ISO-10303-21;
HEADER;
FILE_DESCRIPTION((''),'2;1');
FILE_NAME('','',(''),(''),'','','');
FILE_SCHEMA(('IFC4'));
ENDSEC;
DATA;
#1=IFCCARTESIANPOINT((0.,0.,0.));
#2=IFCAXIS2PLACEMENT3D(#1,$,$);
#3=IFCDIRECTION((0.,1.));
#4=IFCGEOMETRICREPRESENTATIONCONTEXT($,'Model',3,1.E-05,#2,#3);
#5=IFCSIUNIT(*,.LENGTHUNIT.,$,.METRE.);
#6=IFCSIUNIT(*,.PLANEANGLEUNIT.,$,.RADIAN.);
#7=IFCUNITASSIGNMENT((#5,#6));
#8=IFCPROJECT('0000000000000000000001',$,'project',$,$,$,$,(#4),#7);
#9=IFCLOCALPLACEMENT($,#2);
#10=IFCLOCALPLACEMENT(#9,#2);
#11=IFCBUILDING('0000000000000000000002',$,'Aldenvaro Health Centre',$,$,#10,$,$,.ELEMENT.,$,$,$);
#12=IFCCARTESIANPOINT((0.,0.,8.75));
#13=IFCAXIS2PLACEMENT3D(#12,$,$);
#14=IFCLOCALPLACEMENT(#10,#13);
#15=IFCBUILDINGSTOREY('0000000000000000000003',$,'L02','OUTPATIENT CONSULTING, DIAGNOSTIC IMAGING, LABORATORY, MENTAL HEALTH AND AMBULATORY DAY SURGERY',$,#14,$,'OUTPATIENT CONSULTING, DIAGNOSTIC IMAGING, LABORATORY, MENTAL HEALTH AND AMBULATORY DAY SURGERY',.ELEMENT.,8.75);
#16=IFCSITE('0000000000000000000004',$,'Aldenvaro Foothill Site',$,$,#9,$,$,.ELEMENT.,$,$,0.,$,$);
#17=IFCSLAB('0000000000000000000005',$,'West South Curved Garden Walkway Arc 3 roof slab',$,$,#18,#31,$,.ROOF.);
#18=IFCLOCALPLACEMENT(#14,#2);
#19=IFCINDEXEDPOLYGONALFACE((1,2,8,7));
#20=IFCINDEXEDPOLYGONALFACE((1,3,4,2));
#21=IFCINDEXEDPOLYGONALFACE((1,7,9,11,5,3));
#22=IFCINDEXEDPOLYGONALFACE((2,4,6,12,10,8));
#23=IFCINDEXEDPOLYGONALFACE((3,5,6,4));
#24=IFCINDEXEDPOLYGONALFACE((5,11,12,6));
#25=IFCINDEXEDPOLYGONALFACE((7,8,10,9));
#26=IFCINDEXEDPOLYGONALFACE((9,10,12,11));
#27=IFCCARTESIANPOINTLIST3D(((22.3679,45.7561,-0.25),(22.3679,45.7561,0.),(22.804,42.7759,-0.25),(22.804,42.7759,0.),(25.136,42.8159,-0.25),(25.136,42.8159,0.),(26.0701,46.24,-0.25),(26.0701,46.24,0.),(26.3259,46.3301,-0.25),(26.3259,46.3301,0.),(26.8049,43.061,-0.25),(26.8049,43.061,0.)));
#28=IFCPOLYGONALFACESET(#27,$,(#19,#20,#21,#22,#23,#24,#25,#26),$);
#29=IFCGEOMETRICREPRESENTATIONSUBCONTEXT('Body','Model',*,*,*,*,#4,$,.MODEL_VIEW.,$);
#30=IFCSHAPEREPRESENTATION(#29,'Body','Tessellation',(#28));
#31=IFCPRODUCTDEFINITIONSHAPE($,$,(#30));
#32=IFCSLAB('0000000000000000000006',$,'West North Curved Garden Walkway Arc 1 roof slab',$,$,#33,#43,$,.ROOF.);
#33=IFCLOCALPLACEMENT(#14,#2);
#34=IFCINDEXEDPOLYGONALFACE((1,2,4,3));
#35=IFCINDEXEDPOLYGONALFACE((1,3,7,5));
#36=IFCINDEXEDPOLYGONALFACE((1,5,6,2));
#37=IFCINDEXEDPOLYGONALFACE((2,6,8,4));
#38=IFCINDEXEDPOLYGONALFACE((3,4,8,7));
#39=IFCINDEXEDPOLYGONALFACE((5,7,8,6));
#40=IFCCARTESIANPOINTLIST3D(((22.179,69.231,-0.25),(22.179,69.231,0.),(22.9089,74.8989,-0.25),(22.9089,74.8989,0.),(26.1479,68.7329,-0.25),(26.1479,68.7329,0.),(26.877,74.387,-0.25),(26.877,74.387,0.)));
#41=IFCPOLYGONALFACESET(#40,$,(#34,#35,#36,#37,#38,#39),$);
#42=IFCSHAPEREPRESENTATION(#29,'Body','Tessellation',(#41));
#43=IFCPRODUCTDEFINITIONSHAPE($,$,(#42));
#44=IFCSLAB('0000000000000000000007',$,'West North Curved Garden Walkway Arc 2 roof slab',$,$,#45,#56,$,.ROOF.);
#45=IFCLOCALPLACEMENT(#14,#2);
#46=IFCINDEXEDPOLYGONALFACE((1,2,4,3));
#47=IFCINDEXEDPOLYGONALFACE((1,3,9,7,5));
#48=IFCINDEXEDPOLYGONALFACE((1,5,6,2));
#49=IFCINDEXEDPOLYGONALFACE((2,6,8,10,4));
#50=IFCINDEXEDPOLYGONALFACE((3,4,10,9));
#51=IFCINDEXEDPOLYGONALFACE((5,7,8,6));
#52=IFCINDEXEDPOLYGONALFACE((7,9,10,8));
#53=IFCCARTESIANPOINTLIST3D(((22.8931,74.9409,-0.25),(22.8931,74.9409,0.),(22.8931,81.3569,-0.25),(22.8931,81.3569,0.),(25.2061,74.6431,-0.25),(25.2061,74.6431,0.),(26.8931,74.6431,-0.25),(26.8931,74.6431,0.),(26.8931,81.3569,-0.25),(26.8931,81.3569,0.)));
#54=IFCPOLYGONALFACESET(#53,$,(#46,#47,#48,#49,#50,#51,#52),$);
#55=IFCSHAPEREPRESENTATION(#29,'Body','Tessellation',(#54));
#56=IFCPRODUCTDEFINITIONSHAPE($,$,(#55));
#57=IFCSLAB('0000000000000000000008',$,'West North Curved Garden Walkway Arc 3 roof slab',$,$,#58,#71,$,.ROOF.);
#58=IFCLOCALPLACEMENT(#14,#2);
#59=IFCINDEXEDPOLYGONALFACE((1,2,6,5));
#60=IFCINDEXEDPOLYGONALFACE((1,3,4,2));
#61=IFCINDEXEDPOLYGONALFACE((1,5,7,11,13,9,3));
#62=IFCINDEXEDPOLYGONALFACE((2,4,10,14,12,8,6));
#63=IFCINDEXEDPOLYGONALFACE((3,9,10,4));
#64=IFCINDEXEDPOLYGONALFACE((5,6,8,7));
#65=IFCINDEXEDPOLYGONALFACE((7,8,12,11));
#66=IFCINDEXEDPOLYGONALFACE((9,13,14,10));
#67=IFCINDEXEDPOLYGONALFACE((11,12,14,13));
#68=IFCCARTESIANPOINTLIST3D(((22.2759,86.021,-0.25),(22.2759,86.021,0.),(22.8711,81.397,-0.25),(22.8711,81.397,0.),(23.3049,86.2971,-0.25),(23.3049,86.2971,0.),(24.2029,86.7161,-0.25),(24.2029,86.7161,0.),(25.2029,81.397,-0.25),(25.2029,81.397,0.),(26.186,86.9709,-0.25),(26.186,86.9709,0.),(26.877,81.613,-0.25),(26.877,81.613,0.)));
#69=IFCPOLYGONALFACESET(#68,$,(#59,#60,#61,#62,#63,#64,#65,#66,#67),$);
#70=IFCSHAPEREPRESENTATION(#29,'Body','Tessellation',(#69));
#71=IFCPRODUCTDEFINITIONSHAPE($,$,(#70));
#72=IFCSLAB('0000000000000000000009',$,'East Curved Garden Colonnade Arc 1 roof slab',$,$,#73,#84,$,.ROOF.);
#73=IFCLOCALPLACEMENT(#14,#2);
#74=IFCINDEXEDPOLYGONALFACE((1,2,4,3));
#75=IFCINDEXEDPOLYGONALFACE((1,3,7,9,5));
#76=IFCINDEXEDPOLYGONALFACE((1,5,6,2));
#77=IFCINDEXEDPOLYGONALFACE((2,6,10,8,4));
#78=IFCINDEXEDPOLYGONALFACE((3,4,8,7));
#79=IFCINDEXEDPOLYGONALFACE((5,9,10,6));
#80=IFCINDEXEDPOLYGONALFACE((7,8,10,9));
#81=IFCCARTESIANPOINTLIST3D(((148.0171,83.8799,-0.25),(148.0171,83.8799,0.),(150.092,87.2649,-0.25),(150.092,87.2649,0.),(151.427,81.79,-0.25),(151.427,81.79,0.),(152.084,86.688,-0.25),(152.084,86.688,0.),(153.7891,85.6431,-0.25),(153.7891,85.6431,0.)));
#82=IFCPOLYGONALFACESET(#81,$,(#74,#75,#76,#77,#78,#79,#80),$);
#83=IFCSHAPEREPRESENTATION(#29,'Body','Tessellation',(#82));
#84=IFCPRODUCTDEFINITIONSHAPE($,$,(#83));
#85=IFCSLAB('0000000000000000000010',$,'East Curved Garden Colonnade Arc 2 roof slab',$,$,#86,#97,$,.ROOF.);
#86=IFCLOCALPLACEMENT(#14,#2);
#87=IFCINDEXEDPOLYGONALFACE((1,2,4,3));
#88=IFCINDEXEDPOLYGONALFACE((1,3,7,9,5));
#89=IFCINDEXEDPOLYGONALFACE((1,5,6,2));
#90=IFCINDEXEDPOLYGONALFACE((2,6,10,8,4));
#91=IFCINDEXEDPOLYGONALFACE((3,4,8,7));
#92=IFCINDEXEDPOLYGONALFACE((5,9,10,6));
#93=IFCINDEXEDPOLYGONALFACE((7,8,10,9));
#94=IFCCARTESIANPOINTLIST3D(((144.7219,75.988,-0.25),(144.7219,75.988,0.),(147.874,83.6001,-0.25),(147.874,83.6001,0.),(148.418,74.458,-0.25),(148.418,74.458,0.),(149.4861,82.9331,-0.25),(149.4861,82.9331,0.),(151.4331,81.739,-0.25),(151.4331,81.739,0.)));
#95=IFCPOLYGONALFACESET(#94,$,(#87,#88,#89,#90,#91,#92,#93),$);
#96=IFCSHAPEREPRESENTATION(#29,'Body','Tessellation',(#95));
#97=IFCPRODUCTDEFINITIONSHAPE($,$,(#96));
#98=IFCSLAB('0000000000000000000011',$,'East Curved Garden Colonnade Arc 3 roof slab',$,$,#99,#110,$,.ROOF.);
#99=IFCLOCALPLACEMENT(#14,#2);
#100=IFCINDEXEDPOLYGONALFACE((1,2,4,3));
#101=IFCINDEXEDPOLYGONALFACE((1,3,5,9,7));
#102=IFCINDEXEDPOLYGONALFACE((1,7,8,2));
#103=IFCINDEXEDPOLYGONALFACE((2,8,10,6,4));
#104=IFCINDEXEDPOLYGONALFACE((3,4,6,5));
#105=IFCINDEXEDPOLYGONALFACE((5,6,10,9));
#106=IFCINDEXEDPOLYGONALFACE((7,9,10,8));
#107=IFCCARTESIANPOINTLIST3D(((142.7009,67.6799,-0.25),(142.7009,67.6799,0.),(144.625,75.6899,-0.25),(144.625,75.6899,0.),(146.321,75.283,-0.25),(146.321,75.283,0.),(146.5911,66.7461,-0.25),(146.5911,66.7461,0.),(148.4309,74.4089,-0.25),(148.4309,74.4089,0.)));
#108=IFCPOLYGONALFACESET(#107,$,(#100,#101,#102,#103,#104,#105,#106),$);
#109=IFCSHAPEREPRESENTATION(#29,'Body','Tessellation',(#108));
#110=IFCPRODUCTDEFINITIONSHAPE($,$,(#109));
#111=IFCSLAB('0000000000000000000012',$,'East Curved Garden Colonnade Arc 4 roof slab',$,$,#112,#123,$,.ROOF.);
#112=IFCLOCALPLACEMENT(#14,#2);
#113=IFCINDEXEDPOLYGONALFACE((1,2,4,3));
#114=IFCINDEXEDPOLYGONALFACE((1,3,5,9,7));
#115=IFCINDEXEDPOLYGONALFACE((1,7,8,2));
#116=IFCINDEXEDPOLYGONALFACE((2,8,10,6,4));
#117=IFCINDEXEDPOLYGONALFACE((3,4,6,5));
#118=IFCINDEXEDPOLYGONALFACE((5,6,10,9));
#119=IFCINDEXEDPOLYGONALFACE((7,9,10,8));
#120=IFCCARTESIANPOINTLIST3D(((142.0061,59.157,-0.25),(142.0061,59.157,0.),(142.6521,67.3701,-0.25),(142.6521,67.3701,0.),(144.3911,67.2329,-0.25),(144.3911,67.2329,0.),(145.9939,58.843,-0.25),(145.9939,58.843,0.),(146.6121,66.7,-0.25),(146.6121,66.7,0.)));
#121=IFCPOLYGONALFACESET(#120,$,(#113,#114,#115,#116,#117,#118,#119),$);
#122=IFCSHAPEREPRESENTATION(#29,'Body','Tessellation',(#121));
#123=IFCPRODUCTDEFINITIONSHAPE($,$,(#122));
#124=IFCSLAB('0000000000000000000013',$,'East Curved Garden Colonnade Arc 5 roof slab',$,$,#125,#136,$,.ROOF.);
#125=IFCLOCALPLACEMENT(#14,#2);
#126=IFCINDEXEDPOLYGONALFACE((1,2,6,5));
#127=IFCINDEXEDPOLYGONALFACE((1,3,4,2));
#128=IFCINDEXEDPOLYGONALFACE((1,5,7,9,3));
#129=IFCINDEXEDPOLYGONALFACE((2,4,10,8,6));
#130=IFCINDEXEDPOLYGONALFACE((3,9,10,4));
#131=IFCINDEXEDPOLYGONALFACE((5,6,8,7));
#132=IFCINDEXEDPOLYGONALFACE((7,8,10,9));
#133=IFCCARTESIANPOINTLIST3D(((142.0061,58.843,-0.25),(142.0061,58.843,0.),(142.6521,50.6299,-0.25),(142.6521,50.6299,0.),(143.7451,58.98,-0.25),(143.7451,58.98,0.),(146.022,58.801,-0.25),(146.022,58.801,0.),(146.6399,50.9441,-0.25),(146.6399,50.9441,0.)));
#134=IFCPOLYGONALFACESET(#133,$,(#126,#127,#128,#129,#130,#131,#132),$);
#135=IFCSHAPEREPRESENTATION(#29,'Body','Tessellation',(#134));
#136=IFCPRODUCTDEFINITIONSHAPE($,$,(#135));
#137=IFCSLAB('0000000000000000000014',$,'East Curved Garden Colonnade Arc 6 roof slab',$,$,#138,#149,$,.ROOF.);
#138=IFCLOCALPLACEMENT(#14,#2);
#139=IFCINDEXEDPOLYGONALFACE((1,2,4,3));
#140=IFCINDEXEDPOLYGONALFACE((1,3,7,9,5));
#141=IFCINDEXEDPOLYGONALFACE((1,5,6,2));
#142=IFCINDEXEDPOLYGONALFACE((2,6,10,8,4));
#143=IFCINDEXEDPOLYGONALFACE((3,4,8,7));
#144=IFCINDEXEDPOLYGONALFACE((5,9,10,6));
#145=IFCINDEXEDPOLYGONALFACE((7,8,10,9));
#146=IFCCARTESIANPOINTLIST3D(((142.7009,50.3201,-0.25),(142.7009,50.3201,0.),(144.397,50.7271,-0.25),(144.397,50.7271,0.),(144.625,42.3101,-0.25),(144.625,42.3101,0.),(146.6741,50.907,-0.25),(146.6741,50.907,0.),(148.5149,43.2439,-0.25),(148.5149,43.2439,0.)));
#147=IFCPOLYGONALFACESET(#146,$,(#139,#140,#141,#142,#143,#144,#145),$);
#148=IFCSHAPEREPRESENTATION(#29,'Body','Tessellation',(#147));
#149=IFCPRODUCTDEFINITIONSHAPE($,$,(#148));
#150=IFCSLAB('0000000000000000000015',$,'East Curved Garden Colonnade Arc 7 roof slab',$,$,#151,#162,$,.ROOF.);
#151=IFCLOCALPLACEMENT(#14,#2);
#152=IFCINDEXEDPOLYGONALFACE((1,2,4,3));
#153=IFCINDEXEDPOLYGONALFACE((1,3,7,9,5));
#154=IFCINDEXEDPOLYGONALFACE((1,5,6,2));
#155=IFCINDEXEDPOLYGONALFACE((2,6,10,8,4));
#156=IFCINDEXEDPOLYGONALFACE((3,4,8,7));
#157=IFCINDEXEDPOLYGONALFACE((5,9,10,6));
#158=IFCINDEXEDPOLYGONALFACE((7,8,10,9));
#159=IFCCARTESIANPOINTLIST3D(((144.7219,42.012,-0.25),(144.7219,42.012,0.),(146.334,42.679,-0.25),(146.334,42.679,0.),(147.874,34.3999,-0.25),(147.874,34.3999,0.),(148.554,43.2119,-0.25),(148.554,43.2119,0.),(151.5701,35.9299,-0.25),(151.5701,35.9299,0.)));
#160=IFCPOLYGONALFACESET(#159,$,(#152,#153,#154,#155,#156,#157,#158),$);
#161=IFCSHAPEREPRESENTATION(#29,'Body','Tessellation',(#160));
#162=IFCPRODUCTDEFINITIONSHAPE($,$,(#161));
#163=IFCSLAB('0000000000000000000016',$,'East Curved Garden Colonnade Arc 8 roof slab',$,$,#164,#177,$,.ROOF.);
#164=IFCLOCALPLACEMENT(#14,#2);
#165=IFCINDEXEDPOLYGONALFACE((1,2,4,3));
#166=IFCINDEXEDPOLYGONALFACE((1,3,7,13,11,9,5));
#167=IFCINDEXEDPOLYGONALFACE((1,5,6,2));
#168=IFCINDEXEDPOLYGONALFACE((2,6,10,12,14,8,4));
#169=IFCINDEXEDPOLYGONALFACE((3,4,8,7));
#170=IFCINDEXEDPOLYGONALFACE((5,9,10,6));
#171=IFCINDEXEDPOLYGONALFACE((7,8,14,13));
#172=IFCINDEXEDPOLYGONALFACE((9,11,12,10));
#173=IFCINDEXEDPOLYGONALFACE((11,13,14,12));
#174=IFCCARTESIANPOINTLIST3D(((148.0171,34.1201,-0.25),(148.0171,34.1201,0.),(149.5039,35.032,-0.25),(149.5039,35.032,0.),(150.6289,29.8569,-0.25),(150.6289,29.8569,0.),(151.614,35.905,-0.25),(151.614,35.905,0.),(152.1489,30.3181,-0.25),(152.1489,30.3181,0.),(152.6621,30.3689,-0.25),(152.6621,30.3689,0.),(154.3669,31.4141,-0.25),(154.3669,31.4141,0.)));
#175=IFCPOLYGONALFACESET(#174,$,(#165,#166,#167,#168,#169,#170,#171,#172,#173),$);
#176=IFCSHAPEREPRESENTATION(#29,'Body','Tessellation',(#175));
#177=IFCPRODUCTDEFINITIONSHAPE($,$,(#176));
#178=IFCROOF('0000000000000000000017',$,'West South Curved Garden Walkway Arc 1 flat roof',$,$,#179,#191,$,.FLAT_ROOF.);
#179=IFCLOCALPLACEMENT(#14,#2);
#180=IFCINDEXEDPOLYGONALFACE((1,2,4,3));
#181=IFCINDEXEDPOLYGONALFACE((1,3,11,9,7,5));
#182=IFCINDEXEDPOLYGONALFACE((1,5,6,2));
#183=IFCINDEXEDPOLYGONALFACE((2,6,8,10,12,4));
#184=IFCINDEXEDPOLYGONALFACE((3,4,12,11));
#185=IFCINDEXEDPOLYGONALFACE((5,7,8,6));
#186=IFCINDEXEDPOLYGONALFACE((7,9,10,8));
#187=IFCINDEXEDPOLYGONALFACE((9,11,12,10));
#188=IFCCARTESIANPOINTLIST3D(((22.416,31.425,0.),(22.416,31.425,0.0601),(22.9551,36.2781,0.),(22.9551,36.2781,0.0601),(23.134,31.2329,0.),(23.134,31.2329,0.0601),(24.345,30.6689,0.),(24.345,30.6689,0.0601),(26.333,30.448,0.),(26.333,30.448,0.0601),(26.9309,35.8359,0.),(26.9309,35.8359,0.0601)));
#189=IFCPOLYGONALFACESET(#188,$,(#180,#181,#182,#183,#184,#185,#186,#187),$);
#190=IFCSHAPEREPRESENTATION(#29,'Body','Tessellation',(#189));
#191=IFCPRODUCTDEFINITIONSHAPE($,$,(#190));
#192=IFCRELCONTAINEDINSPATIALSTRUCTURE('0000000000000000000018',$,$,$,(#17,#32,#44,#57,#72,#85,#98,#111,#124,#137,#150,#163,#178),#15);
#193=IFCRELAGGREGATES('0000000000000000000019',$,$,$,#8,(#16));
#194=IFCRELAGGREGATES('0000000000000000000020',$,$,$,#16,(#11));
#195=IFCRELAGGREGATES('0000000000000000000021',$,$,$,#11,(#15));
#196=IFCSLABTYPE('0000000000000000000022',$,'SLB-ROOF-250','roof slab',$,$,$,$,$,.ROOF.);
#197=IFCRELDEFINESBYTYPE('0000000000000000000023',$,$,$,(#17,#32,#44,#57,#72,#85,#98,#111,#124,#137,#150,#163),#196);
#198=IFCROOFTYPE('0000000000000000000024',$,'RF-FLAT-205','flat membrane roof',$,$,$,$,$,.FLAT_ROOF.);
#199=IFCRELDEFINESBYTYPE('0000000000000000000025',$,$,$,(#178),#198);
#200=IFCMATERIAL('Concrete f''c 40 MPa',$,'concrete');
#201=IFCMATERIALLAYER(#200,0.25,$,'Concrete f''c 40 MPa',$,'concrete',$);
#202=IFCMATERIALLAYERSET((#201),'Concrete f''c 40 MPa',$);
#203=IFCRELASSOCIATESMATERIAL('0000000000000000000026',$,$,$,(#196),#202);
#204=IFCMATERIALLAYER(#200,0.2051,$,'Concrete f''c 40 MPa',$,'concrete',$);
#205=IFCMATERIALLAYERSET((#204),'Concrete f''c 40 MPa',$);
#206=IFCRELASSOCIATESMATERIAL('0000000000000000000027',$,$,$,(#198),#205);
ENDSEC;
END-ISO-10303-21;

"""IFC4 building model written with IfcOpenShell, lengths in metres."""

from ifc_helpers import new_model, si_unit, direction, frame, origin, place, context, subcontext, project, spatial, polyline, outline, extrude, material, layer, layer_set, type_object, element, save


model = new_model("IFC4")

# Units and contexts
model_context = context("Model", 3, precision=1e-05, world=origin(), true_north=direction((0.0, 1.0)))
body_context = subcontext(model_context, "Body", "Model", "MODEL_VIEW")
ifc_project = project(units=[si_unit("LENGTHUNIT", "METRE"), si_unit("PLANEANGLEUNIT", "RADIAN")], contexts=[model_context])

# Site, building, storey
site_placement = place(None, origin())
site = spatial("IfcSite", under=ifc_project, at=site_placement, Name="Aldenvaro Foothill Site", CompositionType="ELEMENT", RefElevation=0.0)
building_placement = place(site_placement, origin())
building = spatial("IfcBuilding", under=site, at=building_placement, Name="Aldenvaro Health Centre", CompositionType="ELEMENT")
storey_placement = place(building_placement, frame((0.0, 0.0, 8.75)))
storey = spatial("IfcBuildingStorey", under=building, at=storey_placement, Name="L02", Description="OUTPATIENT CONSULTING, DIAGNOSTIC IMAGING, LABORATORY, MENTAL HEALTH AND AMBULATORY DAY SURGERY", LongName="OUTPATIENT CONSULTING, DIAGNOSTIC IMAGING, LABORATORY, MENTAL HEALTH AND AMBULATORY DAY SURGERY", CompositionType="ELEMENT", Elevation=8.75)

# Slabs
ifc_material_1 = material(Name="Concrete f'c 40 MPa", Category="concrete")
ifc_layer_1 = layer(ifc_material_1, 0.25, Name="Concrete f'c 40 MPa", Category="concrete")
ifc_layer_set_1 = layer_set([ifc_layer_1], Name="Concrete f'c 40 MPa")
slab_type_1 = type_object("IfcSlabType", Name="SLB-ROOF-250", Description="roof slab", PredefinedType="ROOF", material=ifc_layer_set_1)
slab_1_placement = place(storey_placement, frame((0.0, 0.0, -0.25)))
element("IfcSlab", 1, at=slab_1_placement, inside=storey, type_object=slab_type_1, Name="West South Curved Garden Walkway Arc 3 roof slab", PredefinedType="ROOF", context=body_context, shape_type="SweptSolid", body=[
    extrude(outline(polyline([(26.8049, 43.061), (25.136, 42.8159), (22.804, 42.7759), (22.3679, 45.7561), (26.0701, 46.24), (26.3259, 46.3301), (26.8049, 43.061)])), origin(), (0.0, 0.0, 1.0), 0.25),
])
slab_2_placement = place(storey_placement, frame((0.0, 0.0, -0.25)))
element("IfcSlab", 2, at=slab_2_placement, inside=storey, type_object=slab_type_1, Name="West North Curved Garden Walkway Arc 1 roof slab", PredefinedType="ROOF", context=body_context, shape_type="SweptSolid", body=[
    extrude(outline(polyline([(22.179, 69.231), (22.9089, 74.8989), (26.877, 74.387), (26.1479, 68.7329), (22.179, 69.231)])), origin(), (0.0, 0.0, 1.0), 0.25),
])
slab_3_placement = place(storey_placement, frame((0.0, 0.0, -0.25)))
element("IfcSlab", 3, at=slab_3_placement, inside=storey, type_object=slab_type_1, Name="West North Curved Garden Walkway Arc 2 roof slab", PredefinedType="ROOF", context=body_context, shape_type="SweptSolid", body=[
    extrude(outline(polyline([(22.8931, 81.3569), (26.8931, 81.3569), (26.8931, 74.6431), (25.2061, 74.6431), (22.8931, 74.9409), (22.8931, 81.3569)])), origin(), (0.0, 0.0, 1.0), 0.25),
])
slab_4_placement = place(storey_placement, frame((0.0, 0.0, -0.25)))
element("IfcSlab", 4, at=slab_4_placement, inside=storey, type_object=slab_type_1, Name="West North Curved Garden Walkway Arc 3 roof slab", PredefinedType="ROOF", context=body_context, shape_type="SweptSolid", body=[
    extrude(outline(polyline([(26.186, 86.9709), (26.877, 81.613), (25.2029, 81.397), (22.8711, 81.397), (22.2759, 86.021), (23.3049, 86.2971), (24.2029, 86.7161), (26.186, 86.9709)])), origin(), (0.0, 0.0, 1.0), 0.25),
])
slab_5_placement = place(storey_placement, frame((0.0, 0.0, -0.25)))
element("IfcSlab", 5, at=slab_5_placement, inside=storey, type_object=slab_type_1, Name="East Curved Garden Colonnade Arc 1 roof slab", PredefinedType="ROOF", context=body_context, shape_type="SweptSolid", body=[
    extrude(outline(polyline([(153.7891, 85.6431), (151.427, 81.79), (148.0171, 83.8799), (150.092, 87.2649), (152.084, 86.688), (153.7891, 85.6431)])), origin(), (0.0, 0.0, 1.0), 0.25),
])
slab_6_placement = place(storey_placement, frame((0.0, 0.0, -0.25)))
element("IfcSlab", 6, at=slab_6_placement, inside=storey, type_object=slab_type_1, Name="East Curved Garden Colonnade Arc 2 roof slab", PredefinedType="ROOF", context=body_context, shape_type="SweptSolid", body=[
    extrude(outline(polyline([(148.418, 74.458), (144.7219, 75.988), (147.874, 83.6001), (149.4861, 82.9331), (151.4331, 81.739), (148.418, 74.458)])), origin(), (0.0, 0.0, 1.0), 0.25),
])
slab_7_placement = place(storey_placement, frame((0.0, 0.0, -0.25)))
element("IfcSlab", 7, at=slab_7_placement, inside=storey, type_object=slab_type_1, Name="East Curved Garden Colonnade Arc 3 roof slab", PredefinedType="ROOF", context=body_context, shape_type="SweptSolid", body=[
    extrude(outline(polyline([(146.5911, 66.7461), (142.7009, 67.6799), (144.625, 75.6899), (146.321, 75.283), (148.4309, 74.4089), (146.5911, 66.7461)])), origin(), (0.0, 0.0, 1.0), 0.25),
])
slab_8_placement = place(storey_placement, frame((0.0, 0.0, -0.25)))
element("IfcSlab", 8, at=slab_8_placement, inside=storey, type_object=slab_type_1, Name="East Curved Garden Colonnade Arc 4 roof slab", PredefinedType="ROOF", context=body_context, shape_type="SweptSolid", body=[
    extrude(outline(polyline([(145.9939, 58.843), (142.0061, 59.157), (142.6521, 67.3701), (144.3911, 67.2329), (146.6121, 66.7), (145.9939, 58.843)])), origin(), (0.0, 0.0, 1.0), 0.25),
])
slab_9_placement = place(storey_placement, frame((0.0, 0.0, -0.25)))
element("IfcSlab", 9, at=slab_9_placement, inside=storey, type_object=slab_type_1, Name="East Curved Garden Colonnade Arc 5 roof slab", PredefinedType="ROOF", context=body_context, shape_type="SweptSolid", body=[
    extrude(outline(polyline([(146.6399, 50.9441), (142.6521, 50.6299), (142.0061, 58.843), (143.7451, 58.98), (146.022, 58.801), (146.6399, 50.9441)])), origin(), (0.0, 0.0, 1.0), 0.25),
])
slab_10_placement = place(storey_placement, frame((0.0, 0.0, -0.25)))
element("IfcSlab", 10, at=slab_10_placement, inside=storey, type_object=slab_type_1, Name="East Curved Garden Colonnade Arc 6 roof slab", PredefinedType="ROOF", context=body_context, shape_type="SweptSolid", body=[
    extrude(outline(polyline([(148.5149, 43.2439), (144.625, 42.3101), (142.7009, 50.3201), (144.397, 50.7271), (146.6741, 50.907), (148.5149, 43.2439)])), origin(), (0.0, 0.0, 1.0), 0.25),
])
slab_11_placement = place(storey_placement, frame((0.0, 0.0, -0.25)))
element("IfcSlab", 11, at=slab_11_placement, inside=storey, type_object=slab_type_1, Name="East Curved Garden Colonnade Arc 7 roof slab", PredefinedType="ROOF", context=body_context, shape_type="SweptSolid", body=[
    extrude(outline(polyline([(151.5701, 35.9299), (147.874, 34.3999), (144.7219, 42.012), (146.334, 42.679), (148.554, 43.2119), (151.5701, 35.9299)])), origin(), (0.0, 0.0, 1.0), 0.25),
])
slab_12_placement = place(storey_placement, frame((0.0, 0.0, -0.25)))
element("IfcSlab", 12, at=slab_12_placement, inside=storey, type_object=slab_type_1, Name="East Curved Garden Colonnade Arc 8 roof slab", PredefinedType="ROOF", context=body_context, shape_type="SweptSolid", body=[
    extrude(outline(polyline([(148.0171, 34.1201), (149.5039, 35.032), (151.614, 35.905), (154.3669, 31.4141), (152.6621, 30.3689), (152.1489, 30.3181), (150.6289, 29.8569), (148.0171, 34.1201)])), origin(), (0.0, 0.0, 1.0), 0.25),
])

# Roof
ifc_layer_2 = layer(ifc_material_1, 0.2051, Name="Concrete f'c 40 MPa", Category="concrete")
ifc_layer_set_2 = layer_set([ifc_layer_2], Name="Concrete f'c 40 MPa")
roof_type = type_object("IfcRoofType", Name="RF-FLAT-205", Description="flat membrane roof", PredefinedType="FLAT_ROOF", material=ifc_layer_set_2)
roof_1_placement = place(storey_placement, origin())
element("IfcRoof", 13, at=roof_1_placement, inside=storey, type_object=roof_type, Name="West South Curved Garden Walkway Arc 1 flat roof", PredefinedType="FLAT_ROOF", context=body_context, shape_type="SweptSolid", body=[
    extrude(outline(polyline([(22.9551, 36.2781), (26.9309, 35.8359), (26.333, 30.448), (24.345, 30.6689), (23.134, 31.2329), (22.416, 31.425), (22.9551, 36.2781)])), origin(), (0.0, 0.0, 1.0), 0.0601),
])

save(model, "model.ifc")
